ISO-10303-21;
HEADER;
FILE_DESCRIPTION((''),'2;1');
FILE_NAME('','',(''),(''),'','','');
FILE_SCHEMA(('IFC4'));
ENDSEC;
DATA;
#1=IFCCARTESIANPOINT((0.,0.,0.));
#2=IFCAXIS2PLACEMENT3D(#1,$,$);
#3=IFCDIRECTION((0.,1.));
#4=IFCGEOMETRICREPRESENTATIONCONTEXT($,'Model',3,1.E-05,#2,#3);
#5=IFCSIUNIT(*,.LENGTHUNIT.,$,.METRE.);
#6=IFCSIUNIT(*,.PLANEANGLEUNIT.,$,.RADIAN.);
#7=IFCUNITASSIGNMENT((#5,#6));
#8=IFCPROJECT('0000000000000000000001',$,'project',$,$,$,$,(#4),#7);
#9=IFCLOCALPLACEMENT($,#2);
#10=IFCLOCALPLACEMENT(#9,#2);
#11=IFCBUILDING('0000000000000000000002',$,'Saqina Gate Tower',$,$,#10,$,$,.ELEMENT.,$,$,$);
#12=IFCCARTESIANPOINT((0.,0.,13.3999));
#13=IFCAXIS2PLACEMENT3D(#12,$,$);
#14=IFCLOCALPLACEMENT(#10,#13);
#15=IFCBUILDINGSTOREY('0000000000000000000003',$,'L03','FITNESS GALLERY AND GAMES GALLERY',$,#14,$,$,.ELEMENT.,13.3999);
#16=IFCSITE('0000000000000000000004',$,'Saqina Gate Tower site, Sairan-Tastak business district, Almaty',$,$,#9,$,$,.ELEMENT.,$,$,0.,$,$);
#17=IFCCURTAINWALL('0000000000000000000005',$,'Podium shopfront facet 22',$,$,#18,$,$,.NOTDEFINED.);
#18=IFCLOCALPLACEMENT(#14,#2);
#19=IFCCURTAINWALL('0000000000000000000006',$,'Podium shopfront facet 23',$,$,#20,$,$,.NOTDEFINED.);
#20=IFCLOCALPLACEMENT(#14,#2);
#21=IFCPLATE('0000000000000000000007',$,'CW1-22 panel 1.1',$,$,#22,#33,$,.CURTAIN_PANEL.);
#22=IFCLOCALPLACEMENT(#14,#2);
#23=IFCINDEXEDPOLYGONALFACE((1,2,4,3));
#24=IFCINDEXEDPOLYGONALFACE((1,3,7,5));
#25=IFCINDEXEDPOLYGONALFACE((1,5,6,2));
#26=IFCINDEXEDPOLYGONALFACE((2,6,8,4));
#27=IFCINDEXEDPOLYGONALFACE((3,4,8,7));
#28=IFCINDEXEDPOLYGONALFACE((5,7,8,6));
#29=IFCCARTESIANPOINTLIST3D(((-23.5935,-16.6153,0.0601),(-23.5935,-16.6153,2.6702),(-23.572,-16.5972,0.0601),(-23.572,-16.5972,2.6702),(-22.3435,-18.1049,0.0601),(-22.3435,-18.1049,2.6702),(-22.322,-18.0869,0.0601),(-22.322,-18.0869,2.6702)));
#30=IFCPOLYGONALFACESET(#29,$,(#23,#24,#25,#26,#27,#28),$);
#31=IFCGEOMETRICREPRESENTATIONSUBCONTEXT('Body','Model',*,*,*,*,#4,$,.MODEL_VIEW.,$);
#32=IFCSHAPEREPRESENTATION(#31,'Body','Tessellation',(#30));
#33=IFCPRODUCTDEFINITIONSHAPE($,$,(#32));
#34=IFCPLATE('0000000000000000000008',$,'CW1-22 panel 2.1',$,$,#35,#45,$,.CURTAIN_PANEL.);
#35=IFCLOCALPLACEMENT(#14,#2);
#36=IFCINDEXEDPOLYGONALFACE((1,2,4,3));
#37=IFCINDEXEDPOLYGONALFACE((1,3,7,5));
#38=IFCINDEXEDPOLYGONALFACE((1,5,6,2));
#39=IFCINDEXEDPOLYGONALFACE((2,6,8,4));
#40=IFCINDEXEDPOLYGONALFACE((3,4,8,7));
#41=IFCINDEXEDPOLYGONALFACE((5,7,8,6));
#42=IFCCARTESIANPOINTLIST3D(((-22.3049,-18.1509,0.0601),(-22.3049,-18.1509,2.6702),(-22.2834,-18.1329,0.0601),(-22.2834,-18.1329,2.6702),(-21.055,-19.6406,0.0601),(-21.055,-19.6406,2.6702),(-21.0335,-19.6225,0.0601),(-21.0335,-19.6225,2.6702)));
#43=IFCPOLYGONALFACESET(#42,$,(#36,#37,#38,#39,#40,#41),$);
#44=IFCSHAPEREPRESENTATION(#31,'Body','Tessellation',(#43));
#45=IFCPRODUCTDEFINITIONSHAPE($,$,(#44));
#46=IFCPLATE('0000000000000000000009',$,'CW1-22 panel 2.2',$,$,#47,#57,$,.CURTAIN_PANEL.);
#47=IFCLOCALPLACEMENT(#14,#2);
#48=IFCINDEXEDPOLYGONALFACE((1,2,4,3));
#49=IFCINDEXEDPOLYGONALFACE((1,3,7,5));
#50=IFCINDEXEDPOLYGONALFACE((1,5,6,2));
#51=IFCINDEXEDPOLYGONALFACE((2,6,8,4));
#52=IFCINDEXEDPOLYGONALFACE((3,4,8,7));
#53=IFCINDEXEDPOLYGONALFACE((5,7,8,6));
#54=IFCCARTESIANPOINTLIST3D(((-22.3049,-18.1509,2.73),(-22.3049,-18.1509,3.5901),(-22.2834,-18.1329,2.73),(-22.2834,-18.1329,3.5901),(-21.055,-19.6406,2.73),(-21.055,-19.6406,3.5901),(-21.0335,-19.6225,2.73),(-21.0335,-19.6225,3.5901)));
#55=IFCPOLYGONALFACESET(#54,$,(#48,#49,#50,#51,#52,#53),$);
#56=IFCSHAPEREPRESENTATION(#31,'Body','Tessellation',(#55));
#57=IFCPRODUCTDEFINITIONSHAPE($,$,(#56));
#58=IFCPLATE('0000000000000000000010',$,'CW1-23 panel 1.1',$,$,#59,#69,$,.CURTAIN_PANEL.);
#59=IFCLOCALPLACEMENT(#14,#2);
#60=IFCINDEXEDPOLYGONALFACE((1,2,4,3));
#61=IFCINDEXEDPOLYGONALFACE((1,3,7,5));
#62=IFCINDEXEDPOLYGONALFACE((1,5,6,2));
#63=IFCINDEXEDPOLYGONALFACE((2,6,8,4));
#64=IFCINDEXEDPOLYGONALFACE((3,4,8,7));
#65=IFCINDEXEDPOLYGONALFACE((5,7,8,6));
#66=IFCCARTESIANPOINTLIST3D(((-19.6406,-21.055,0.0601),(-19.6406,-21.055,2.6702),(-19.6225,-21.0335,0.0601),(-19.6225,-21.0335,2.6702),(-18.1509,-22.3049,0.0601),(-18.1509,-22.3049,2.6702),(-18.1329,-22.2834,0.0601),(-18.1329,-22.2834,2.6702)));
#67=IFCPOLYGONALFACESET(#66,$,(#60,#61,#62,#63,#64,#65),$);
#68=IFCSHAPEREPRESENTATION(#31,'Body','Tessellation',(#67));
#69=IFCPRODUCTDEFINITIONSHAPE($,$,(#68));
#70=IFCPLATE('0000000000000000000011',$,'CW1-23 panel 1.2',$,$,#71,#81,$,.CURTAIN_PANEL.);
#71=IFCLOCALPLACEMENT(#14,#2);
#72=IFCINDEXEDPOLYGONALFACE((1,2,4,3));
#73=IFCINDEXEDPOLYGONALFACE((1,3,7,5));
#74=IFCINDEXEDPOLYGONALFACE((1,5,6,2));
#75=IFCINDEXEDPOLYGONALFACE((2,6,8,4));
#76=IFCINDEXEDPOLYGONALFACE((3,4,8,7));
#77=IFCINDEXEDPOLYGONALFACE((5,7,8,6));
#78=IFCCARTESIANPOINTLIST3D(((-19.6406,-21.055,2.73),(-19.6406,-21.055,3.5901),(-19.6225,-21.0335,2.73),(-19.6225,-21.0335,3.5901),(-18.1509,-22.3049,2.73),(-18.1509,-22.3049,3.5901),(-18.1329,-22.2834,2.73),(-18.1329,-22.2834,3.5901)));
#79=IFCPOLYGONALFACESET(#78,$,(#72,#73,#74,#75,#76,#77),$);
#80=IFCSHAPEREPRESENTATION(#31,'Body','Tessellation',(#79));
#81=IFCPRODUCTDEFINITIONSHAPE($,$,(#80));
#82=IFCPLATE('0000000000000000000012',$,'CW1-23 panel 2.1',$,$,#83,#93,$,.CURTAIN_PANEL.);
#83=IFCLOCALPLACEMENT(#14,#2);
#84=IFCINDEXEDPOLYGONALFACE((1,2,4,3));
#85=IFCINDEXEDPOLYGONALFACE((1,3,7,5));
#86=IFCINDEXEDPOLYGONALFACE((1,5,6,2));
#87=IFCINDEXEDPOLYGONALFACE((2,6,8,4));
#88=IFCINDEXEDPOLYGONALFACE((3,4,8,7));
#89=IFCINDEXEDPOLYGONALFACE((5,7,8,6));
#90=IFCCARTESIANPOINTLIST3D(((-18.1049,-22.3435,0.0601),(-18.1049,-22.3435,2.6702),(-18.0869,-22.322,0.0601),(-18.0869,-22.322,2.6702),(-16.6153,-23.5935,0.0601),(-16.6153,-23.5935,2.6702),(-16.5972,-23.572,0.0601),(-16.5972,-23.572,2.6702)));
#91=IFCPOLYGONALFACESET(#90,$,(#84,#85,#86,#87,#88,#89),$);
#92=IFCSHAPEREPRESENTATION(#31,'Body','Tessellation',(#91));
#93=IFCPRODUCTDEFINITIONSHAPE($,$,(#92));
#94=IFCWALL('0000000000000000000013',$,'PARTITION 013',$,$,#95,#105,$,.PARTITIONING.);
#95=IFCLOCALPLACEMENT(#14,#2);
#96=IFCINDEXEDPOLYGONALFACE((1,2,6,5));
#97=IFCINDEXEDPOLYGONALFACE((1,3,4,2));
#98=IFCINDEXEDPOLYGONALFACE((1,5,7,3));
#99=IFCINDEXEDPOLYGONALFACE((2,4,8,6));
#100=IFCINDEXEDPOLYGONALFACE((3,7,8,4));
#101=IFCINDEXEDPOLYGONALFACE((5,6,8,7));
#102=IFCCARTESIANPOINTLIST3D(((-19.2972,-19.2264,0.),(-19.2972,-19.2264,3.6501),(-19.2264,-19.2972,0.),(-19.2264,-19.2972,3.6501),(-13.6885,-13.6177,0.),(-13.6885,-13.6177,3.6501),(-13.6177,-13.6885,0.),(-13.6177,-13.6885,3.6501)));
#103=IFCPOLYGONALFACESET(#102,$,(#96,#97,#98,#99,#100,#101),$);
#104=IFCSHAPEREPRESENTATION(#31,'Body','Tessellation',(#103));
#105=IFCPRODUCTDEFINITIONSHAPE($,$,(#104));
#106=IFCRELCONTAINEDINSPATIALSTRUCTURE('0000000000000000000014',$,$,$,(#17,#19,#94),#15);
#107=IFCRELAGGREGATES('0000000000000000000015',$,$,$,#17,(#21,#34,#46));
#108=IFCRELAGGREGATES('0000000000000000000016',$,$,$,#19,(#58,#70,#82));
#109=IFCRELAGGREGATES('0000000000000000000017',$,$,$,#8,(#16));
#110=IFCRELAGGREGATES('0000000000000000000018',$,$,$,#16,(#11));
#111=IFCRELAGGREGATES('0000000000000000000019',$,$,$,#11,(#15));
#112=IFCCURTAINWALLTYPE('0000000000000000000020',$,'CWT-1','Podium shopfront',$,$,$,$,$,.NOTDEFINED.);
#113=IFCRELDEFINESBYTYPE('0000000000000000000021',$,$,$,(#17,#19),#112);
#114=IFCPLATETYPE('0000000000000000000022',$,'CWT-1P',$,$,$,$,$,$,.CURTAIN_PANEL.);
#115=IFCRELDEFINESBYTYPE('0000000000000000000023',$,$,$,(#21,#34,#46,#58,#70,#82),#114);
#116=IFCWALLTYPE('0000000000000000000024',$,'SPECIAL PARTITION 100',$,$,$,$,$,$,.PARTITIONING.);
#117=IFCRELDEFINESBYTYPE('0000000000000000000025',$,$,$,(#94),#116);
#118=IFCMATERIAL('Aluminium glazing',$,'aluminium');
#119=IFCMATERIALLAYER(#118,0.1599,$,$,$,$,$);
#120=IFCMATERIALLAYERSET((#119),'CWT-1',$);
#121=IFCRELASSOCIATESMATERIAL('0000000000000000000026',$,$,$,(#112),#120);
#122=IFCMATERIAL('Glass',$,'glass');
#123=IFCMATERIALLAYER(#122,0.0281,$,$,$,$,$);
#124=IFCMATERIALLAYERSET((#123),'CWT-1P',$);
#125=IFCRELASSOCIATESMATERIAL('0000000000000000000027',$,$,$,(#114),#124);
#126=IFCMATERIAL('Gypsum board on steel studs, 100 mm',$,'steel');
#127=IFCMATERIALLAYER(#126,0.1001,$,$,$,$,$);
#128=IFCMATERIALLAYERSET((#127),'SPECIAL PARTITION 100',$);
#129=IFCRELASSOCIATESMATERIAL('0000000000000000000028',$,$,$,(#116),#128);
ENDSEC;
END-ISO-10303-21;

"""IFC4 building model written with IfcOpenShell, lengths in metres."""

from ifc_helpers import new_model, si_unit, direction, frame, frame_2d, origin, origin_2d, place, context, subcontext, project, spatial, rectangle, extrude, material, layer, layer_set, type_object, element, aggregate, save


model = new_model("IFC4")

# Units and contexts
model_context = context("Model", 3, precision=1e-05, world=origin(), true_north=direction((0.0, 1.0)))
body_context = subcontext(model_context, "Body", "Model", "MODEL_VIEW")
ifc_project = project(units=[si_unit("LENGTHUNIT", "METRE"), si_unit("PLANEANGLEUNIT", "RADIAN")], contexts=[model_context])

# Site, building, storey
site_placement = place(None, origin())
site = spatial("IfcSite", under=ifc_project, at=site_placement, Name="Saqina Gate Tower site, Sairan-Tastak business district, Almaty", CompositionType="ELEMENT", RefElevation=0.0)
building_placement = place(site_placement, origin())
building = spatial("IfcBuilding", under=site, at=building_placement, Name="Saqina Gate Tower", CompositionType="ELEMENT")
storey_placement = place(building_placement, frame((0.0, 0.0, 13.3999)))
storey = spatial("IfcBuildingStorey", under=building, at=storey_placement, Name="L03", Description="FITNESS GALLERY AND GAMES GALLERY", CompositionType="ELEMENT", Elevation=13.3999)

# Curtain walls
ifc_material_1 = material(Name="Aluminium glazing", Category="aluminium")
ifc_layer_1 = layer(ifc_material_1, 0.1599)
ifc_layer_set_1 = layer_set([ifc_layer_1], Name="CWT-1")
curtain_wall_type = type_object("IfcCurtainWallType", Name="CWT-1", Description="Podium shopfront", PredefinedType="NOTDEFINED", material=ifc_layer_set_1)
curtain_wall_1_placement = place(storey_placement, origin())
curtain_wall_1 = element("IfcCurtainWall", 1, at=curtain_wall_1_placement, inside=storey, type_object=curtain_wall_type, Name="Podium shopfront facet 22", PredefinedType="NOTDEFINED")
curtain_wall_2_placement = place(storey_placement, origin())
curtain_wall_2 = element("IfcCurtainWall", 2, at=curtain_wall_2_placement, inside=storey, type_object=curtain_wall_type, Name="Podium shopfront facet 23", PredefinedType="NOTDEFINED")

# Plates
ifc_material_2 = material(Name="Glass", Category="glass")
ifc_layer_2 = layer(ifc_material_2, 0.0281)
ifc_layer_set_2 = layer_set([ifc_layer_2], Name="CWT-1P")
plate_type = type_object("IfcPlateType", Name="CWT-1P", PredefinedType="CURTAIN_PANEL", material=ifc_layer_set_2)
plate_1_placement = place(storey_placement, frame((-22.9578, -17.3511, 0.0601), z_axis=(0.0, 0.0, 1.0), x_axis=(0.642779, -0.766051, 0.0)))
plate_1 = element("IfcPlate", 3, at=plate_1_placement, type_object=plate_type, Name="CW1-22 panel 1.1", PredefinedType="CURTAIN_PANEL", context=body_context, shape_type="SweptSolid", body=[
    extrude(rectangle(XDim=1.9446, YDim=0.0281, at=origin_2d()), origin(), (0.0, 0.0, 1.0), 2.6101),
])
plate_2_placement = place(storey_placement, frame((-21.6692, -18.8867, 0.0601), z_axis=(0.0, 0.0, 1.0), x_axis=(0.642779, -0.766051, 0.0)))
plate_2 = element("IfcPlate", 4, at=plate_2_placement, type_object=plate_type, Name="CW1-22 panel 2.1", PredefinedType="CURTAIN_PANEL", context=body_context, shape_type="SweptSolid", body=[
    extrude(rectangle(XDim=1.9446, YDim=0.0281, at=origin_2d()), origin(), (0.0, 0.0, 1.0), 2.6101),
])
plate_3_placement = place(storey_placement, frame((-21.6692, -18.8867, 2.73), z_axis=(0.0, 0.0, 1.0), x_axis=(0.642779, -0.766051, 0.0)))
plate_3 = element("IfcPlate", 5, at=plate_3_placement, type_object=plate_type, Name="CW1-22 panel 2.2", PredefinedType="CURTAIN_PANEL", context=body_context, shape_type="SweptSolid", body=[
    extrude(rectangle(XDim=1.9446, YDim=0.0281, at=origin_2d()), origin(), (0.0, 0.0, 1.0), 0.8601),
])
aggregate(curtain_wall_1, [plate_1, plate_2, plate_3])
plate_4_placement = place(storey_placement, frame((-18.8867, -21.6692, 0.0601), z_axis=(0.0, 0.0, 1.0), x_axis=(0.766051, -0.642779, 0.0)))
plate_4 = element("IfcPlate", 6, at=plate_4_placement, type_object=plate_type, Name="CW1-23 panel 1.1", PredefinedType="CURTAIN_PANEL", context=body_context, shape_type="SweptSolid", body=[
    extrude(rectangle(XDim=1.9446, YDim=0.0281, at=origin_2d()), origin(), (0.0, 0.0, 1.0), 2.6101),
])
plate_5_placement = place(storey_placement, frame((-18.8867, -21.6692, 2.73), z_axis=(0.0, 0.0, 1.0), x_axis=(0.766051, -0.642779, 0.0)))
plate_5 = element("IfcPlate", 7, at=plate_5_placement, type_object=plate_type, Name="CW1-23 panel 1.2", PredefinedType="CURTAIN_PANEL", context=body_context, shape_type="SweptSolid", body=[
    extrude(rectangle(XDim=1.9446, YDim=0.0281, at=origin_2d()), origin(), (0.0, 0.0, 1.0), 0.8601),
])
plate_6_placement = place(storey_placement, frame((-17.3511, -22.9578, 0.0601), z_axis=(0.0, 0.0, 1.0), x_axis=(0.766051, -0.642779, 0.0)))
plate_6 = element("IfcPlate", 8, at=plate_6_placement, type_object=plate_type, Name="CW1-23 panel 2.1", PredefinedType="CURTAIN_PANEL", context=body_context, shape_type="SweptSolid", body=[
    extrude(rectangle(XDim=1.9446, YDim=0.0281, at=origin_2d()), origin(), (0.0, 0.0, 1.0), 2.6101),
])
aggregate(curtain_wall_2, [plate_4, plate_5, plate_6])

# Wall
ifc_material_3 = material(Name="Gypsum board on steel studs, 100 mm", Category="steel")
ifc_layer_3 = layer(ifc_material_3, 0.1001)
ifc_layer_set_3 = layer_set([ifc_layer_3], Name="SPECIAL PARTITION 100")
wall_type = type_object("IfcWallType", Name="SPECIAL PARTITION 100", PredefinedType="PARTITIONING", material=ifc_layer_set_3)
wall_placement = place(storey_placement, frame((-19.2617, -19.2617, 0.0), z_axis=(0.0, 0.0, 1.0), x_axis=(0.707107, 0.707107, 0.0)))
element("IfcWall", 9, at=wall_placement, inside=storey, type_object=wall_type, Name="PARTITION 013", PredefinedType="PARTITIONING", context=body_context, shape_type="SweptSolid", body=[
    extrude(rectangle(XDim=7.9319, YDim=0.1001, at=frame_2d((3.9658, 0.0))), origin(), (0.0, 0.0, 1.0), 3.6501),
])

save(model, "model.ifc")
